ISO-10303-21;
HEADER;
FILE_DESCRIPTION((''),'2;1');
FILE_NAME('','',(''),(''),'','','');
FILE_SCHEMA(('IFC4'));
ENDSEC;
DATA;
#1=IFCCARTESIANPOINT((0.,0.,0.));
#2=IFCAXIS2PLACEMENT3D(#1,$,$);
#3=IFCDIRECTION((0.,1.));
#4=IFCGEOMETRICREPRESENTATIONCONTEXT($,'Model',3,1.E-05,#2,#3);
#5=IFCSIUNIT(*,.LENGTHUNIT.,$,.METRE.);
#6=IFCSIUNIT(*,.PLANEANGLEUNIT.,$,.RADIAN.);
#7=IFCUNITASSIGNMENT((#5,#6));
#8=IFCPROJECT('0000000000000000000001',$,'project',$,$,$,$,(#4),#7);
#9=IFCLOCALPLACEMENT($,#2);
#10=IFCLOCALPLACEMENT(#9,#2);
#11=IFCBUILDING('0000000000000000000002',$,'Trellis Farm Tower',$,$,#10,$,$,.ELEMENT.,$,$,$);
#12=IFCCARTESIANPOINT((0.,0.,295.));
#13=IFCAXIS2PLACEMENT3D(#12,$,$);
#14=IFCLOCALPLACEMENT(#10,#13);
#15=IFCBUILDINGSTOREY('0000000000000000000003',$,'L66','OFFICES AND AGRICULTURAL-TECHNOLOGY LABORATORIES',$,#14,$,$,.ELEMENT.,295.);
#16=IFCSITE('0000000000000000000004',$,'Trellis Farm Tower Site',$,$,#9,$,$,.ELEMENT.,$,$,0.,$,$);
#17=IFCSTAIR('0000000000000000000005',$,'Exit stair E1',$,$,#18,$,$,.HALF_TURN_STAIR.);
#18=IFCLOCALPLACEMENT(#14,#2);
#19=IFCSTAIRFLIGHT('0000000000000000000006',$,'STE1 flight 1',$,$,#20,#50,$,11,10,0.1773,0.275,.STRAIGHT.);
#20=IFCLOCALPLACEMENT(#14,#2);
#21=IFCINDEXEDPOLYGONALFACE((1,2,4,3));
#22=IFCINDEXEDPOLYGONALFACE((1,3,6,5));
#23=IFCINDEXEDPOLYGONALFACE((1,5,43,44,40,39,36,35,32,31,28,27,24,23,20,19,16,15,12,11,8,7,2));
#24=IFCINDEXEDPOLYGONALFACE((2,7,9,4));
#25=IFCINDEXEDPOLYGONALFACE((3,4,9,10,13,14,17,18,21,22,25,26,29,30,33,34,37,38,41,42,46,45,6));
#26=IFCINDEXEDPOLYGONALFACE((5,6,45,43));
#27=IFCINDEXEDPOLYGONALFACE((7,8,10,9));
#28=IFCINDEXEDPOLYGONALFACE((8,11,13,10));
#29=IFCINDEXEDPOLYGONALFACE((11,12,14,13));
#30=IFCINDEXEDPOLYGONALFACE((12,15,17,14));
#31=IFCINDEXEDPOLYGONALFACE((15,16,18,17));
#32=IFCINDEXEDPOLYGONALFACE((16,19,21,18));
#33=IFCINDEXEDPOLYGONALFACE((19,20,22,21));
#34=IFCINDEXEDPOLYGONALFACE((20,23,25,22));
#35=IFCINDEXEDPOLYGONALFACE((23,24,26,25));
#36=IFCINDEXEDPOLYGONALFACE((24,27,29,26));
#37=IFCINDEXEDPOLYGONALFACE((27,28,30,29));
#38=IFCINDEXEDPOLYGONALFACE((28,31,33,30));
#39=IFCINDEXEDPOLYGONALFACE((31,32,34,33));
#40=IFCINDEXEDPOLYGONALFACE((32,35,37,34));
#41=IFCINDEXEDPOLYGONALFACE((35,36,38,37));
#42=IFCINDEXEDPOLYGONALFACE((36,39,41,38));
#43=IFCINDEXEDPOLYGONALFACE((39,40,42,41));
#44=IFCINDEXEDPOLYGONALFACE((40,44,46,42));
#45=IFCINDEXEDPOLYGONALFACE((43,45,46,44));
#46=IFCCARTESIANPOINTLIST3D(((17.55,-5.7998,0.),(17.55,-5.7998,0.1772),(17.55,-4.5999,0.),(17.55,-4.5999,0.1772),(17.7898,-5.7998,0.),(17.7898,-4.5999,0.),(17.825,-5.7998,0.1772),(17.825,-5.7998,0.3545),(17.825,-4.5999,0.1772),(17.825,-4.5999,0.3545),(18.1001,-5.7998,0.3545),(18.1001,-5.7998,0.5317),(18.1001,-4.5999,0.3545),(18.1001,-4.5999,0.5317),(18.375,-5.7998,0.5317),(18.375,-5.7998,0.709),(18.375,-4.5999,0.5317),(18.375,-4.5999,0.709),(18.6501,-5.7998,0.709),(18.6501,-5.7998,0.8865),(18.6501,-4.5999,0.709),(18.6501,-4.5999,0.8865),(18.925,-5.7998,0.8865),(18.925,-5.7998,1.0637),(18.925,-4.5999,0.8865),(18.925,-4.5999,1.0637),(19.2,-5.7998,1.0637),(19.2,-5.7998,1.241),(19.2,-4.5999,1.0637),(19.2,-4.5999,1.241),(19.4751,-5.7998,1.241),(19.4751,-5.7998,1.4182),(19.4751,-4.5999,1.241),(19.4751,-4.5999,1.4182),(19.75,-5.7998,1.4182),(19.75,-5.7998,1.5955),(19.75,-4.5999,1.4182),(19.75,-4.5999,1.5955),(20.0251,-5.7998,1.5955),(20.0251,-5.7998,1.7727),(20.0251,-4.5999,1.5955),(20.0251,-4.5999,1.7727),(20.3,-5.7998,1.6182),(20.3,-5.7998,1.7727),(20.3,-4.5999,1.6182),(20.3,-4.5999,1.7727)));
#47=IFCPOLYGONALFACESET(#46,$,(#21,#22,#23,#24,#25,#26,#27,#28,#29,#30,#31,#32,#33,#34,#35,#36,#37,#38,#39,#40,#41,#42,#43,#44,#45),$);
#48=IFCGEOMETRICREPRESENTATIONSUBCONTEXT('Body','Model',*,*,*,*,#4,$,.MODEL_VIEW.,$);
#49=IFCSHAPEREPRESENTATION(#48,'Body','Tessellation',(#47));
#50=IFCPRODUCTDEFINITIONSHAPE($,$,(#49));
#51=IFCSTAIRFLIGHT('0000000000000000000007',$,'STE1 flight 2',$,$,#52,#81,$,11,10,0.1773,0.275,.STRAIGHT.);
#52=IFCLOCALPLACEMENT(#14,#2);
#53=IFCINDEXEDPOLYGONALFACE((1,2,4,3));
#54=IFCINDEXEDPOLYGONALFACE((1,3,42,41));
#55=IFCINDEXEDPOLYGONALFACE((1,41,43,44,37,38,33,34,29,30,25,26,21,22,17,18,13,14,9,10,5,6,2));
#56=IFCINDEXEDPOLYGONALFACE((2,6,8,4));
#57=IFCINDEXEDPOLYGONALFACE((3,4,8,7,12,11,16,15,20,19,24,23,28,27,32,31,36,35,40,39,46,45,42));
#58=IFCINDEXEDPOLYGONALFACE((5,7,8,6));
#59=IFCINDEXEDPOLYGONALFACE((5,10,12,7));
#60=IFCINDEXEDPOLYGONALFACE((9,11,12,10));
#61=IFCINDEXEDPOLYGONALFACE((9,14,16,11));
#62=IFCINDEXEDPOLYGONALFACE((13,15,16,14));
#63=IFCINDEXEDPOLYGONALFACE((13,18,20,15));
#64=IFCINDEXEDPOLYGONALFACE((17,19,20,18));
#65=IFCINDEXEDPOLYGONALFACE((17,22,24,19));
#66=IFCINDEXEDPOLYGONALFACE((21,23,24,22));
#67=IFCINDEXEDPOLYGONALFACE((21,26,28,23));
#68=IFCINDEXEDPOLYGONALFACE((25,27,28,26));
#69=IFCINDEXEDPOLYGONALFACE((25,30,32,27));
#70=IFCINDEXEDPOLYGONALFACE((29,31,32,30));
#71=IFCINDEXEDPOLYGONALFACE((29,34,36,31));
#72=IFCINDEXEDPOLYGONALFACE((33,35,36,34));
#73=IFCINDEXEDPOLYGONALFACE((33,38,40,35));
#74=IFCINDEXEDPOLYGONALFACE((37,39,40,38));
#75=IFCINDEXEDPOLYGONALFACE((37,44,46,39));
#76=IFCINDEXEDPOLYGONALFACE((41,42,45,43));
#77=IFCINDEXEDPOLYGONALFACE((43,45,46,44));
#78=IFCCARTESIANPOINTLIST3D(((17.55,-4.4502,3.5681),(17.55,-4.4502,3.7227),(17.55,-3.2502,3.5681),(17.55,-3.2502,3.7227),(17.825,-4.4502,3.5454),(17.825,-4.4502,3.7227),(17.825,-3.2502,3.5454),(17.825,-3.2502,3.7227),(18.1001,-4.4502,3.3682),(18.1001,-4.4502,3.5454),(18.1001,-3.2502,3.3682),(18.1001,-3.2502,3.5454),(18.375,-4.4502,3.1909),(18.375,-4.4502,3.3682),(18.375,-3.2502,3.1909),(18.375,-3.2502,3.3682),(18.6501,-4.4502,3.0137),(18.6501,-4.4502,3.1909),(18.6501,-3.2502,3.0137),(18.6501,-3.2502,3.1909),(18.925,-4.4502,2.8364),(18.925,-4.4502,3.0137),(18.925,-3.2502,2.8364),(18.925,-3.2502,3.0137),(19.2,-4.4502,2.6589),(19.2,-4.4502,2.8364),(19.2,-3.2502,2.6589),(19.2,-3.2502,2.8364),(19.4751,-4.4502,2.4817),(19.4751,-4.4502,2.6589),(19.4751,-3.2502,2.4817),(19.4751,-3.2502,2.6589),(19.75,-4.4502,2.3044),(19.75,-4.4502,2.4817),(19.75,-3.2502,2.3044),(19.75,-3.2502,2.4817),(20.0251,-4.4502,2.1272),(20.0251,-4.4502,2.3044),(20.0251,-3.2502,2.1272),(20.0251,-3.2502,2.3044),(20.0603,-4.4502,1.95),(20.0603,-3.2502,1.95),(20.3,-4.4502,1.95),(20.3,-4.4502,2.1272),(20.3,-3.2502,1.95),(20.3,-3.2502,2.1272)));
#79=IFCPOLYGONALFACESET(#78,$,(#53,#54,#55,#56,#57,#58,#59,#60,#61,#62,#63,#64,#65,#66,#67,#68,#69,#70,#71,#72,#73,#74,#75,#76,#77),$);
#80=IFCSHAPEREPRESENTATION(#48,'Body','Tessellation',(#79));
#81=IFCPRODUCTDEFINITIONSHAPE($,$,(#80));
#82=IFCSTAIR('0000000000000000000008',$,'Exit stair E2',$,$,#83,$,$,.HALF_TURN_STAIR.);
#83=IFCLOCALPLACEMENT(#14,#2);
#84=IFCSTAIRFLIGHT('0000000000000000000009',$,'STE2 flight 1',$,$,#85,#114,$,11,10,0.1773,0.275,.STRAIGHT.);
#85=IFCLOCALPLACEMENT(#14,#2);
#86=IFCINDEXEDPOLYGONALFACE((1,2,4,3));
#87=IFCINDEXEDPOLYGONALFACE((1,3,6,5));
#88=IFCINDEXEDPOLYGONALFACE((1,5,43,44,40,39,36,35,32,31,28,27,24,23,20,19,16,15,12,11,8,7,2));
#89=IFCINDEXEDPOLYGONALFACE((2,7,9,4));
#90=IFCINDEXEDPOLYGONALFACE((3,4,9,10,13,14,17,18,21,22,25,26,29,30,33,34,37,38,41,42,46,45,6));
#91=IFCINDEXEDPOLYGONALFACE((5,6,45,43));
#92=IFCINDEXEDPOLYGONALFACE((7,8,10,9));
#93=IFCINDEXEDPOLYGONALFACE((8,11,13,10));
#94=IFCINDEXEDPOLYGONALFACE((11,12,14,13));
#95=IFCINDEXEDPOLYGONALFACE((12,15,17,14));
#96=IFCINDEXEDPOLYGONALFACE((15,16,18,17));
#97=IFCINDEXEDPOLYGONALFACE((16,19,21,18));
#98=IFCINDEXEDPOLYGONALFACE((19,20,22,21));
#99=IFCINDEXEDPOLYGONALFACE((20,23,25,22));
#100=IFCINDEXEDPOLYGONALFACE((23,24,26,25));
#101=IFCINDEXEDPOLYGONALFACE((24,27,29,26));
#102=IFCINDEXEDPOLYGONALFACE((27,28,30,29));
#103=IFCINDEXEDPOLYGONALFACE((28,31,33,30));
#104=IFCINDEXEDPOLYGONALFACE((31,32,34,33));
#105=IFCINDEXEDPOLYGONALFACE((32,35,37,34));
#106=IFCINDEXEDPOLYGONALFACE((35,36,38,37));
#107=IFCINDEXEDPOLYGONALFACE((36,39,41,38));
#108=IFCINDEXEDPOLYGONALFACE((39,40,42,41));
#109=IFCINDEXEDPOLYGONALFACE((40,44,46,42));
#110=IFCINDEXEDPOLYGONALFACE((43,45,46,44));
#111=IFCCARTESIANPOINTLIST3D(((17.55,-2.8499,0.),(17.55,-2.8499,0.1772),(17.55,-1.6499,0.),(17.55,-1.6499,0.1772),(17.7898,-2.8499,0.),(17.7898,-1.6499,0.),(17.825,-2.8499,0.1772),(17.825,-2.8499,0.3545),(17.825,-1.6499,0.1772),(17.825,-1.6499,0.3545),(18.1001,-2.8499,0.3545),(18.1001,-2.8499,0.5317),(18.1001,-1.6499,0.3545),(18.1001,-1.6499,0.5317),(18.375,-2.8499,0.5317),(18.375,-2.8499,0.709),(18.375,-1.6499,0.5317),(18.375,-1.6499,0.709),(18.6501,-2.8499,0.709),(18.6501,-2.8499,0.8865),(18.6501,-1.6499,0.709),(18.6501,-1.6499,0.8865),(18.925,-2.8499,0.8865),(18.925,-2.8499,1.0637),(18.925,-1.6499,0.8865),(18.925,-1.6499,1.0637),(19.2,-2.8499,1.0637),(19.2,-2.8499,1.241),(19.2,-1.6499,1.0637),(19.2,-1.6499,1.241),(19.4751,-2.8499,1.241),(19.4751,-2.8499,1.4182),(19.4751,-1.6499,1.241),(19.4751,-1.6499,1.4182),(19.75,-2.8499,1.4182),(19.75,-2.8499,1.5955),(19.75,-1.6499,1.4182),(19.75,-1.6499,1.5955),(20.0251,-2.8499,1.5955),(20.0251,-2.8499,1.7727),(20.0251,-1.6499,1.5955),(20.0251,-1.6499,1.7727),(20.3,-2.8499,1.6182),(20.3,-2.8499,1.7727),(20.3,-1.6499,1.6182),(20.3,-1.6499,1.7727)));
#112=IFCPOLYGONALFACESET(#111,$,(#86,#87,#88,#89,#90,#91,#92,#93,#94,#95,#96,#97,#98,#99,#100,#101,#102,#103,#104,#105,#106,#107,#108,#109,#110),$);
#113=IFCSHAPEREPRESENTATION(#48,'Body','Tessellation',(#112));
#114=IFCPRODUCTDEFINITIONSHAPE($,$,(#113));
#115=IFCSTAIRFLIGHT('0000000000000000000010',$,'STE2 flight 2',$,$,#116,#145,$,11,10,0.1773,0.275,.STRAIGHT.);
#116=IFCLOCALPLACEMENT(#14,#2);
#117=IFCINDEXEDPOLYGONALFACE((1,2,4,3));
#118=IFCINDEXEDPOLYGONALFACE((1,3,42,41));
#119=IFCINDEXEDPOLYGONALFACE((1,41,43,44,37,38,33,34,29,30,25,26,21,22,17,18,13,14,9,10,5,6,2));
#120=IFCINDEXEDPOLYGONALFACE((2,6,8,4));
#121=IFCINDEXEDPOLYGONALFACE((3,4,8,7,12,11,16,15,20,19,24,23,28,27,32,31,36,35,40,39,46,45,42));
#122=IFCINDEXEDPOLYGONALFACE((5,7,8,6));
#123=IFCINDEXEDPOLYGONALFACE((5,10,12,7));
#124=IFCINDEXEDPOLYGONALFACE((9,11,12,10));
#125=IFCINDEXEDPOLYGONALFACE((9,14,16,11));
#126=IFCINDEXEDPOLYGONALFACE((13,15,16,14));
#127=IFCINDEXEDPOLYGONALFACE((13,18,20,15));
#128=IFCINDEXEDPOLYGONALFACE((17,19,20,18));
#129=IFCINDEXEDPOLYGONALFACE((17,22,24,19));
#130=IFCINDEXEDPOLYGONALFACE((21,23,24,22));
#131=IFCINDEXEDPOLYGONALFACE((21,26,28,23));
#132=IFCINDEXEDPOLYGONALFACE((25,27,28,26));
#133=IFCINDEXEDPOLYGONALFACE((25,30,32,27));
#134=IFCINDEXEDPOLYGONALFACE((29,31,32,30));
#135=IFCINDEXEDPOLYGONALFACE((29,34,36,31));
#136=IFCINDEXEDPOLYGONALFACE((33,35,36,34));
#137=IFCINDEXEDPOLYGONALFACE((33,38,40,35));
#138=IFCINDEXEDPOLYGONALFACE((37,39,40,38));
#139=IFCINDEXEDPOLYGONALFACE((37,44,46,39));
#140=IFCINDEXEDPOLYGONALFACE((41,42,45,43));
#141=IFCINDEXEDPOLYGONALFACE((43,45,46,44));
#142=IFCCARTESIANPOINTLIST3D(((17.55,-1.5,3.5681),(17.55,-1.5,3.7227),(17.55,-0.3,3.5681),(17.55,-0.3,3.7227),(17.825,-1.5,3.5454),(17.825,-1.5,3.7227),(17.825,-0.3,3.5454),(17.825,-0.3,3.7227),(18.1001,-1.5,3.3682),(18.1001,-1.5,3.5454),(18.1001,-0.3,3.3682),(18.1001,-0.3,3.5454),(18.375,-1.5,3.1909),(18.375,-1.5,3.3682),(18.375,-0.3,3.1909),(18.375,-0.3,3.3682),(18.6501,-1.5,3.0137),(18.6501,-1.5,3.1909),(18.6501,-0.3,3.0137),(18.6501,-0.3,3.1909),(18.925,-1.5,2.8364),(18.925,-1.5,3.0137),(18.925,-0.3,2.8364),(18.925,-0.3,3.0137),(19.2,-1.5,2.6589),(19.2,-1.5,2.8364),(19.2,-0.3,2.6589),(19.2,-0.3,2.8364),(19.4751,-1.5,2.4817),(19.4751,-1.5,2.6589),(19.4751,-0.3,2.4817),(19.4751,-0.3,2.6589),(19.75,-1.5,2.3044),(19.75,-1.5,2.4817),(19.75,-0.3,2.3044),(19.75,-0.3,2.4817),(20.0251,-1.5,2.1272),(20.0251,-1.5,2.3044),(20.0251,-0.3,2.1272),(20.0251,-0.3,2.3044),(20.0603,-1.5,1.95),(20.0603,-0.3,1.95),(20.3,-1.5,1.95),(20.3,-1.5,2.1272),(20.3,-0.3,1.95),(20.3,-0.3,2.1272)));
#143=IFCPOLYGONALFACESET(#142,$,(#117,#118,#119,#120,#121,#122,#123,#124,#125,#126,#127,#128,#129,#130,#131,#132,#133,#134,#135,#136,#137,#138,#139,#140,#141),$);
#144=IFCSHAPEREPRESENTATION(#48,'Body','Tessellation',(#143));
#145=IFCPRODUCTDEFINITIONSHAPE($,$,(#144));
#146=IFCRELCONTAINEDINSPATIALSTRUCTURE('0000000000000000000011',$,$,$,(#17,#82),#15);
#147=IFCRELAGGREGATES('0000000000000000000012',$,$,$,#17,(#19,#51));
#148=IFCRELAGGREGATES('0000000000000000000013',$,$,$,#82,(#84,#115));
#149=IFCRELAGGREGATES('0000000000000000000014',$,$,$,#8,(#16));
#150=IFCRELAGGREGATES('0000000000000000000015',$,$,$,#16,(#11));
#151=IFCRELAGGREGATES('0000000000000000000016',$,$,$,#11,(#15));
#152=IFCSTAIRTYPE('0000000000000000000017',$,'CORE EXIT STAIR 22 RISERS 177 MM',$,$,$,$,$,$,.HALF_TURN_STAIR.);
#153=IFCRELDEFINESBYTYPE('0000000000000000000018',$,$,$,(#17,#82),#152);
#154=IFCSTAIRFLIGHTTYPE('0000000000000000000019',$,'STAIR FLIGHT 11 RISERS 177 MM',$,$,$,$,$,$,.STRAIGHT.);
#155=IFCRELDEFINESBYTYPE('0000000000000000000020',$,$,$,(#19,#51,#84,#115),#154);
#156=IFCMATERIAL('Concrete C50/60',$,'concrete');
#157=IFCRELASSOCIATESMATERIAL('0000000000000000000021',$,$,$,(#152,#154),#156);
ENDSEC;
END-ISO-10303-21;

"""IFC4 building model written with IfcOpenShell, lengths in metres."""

from ifc_helpers import new_model, si_unit, direction, frame, origin, place, context, subcontext, project, spatial, polyline, outline, extrude, source, transform, mapped, material, type_object, element, aggregate, save


model = new_model("IFC4")

# Units and contexts
model_context = context("Model", 3, precision=1e-05, world=origin(), true_north=direction((0.0, 1.0)))
body_context = subcontext(model_context, "Body", "Model", "MODEL_VIEW")
ifc_project = project(units=[si_unit("LENGTHUNIT", "METRE"), si_unit("PLANEANGLEUNIT", "RADIAN")], contexts=[model_context])

# Site, building, storey
site_placement = place(None, origin())
site = spatial("IfcSite", under=ifc_project, at=site_placement, Name="Trellis Farm Tower Site", CompositionType="ELEMENT", RefElevation=0.0)
building_placement = place(site_placement, origin())
building = spatial("IfcBuilding", under=site, at=building_placement, Name="Trellis Farm Tower", CompositionType="ELEMENT")
storey_placement = place(building_placement, frame((0.0, 0.0, 295.0)))
storey = spatial("IfcBuildingStorey", under=building, at=storey_placement, Name="L66", Description="OFFICES AND AGRICULTURAL-TECHNOLOGY LABORATORIES", CompositionType="ELEMENT", Elevation=295.0)

# Shared definitions
placement = place(storey_placement, origin())

# Shared definitions
ifc_material_1 = material(Name="Concrete C50/60", Category="concrete")

# Stairs, stair flights
stair_type = type_object("IfcStairType", Name="CORE EXIT STAIR 22 RISERS 177 MM", PredefinedType="HALF_TURN_STAIR", material=ifc_material_1)
stair_1 = element("IfcStair", 1, at=placement, inside=storey, type_object=stair_type, Name="Exit stair E1", PredefinedType="HALF_TURN_STAIR")
stair_flight_type = type_object("IfcStairFlightType", Name="STAIR FLIGHT 11 RISERS 177 MM", PredefinedType="STRAIGHT", material=ifc_material_1)
shared_shape_1 = source(origin(), body_context, "Body", "SweptSolid", [
    extrude(outline(polyline([(0.0, 0.0), (0.0, 0.1772), (0.2749, 0.1772), (0.2749, 0.3545), (0.55, 0.3545), (0.55, 0.5317), (0.825, 0.5317), (0.825, 0.709), (1.1001, 0.709), (1.1001, 0.8865), (1.375, 0.8865), (1.375, 1.0637), (1.6499, 1.0637), (1.6499, 1.241), (1.925, 1.241), (1.925, 1.4182), (2.2, 1.4182), (2.2, 1.5955), (2.4751, 1.5955), (2.4751, 1.7727), (2.75, 1.7727), (2.75, 1.95), (2.75, 1.6182), (0.2397, 0.0), (0.0, 0.0)])), frame((0.0, 0.6001, 0.0), z_axis=(0.0, -1.0, 0.0), x_axis=(1.0, 0.0, 0.0)), (0.0, 0.0, 1.0), 1.2),
])
stair_flight_1_placement = place(storey_placement, frame((17.55, -5.2, 0.0), z_axis=(0.0, 0.0, 1.0), x_axis=(1.0, 0.0, 0.0)))
stair_flight_1 = element("IfcStairFlight", 2, at=stair_flight_1_placement, type_object=stair_flight_type, Name="STE1 flight 1", NumberOfRisers=11, NumberOfTreads=10, PredefinedType="STRAIGHT", RiserHeight=0.1773, TreadLength=0.275, context=body_context, shape_type="MappedRepresentation", body=[
    mapped(shared_shape_1, transform((0.0, 0.0, 0.0))),
])
stair_flight_2_placement = place(storey_placement, frame((20.3, -3.8501, 1.95), z_axis=(0.0, 0.0, 1.0), x_axis=(-1.0, 0.0, 0.0)))
stair_flight_2 = element("IfcStairFlight", 3, at=stair_flight_2_placement, type_object=stair_flight_type, Name="STE1 flight 2", NumberOfRisers=11, NumberOfTreads=10, PredefinedType="STRAIGHT", RiserHeight=0.1773, TreadLength=0.275, context=body_context, shape_type="MappedRepresentation", body=[
    mapped(shared_shape_1, transform((0.0, 0.0, 0.0))),
])
aggregate(stair_1, [stair_flight_1, stair_flight_2])
stair_2 = element("IfcStair", 4, at=placement, inside=storey, type_object=stair_type, Name="Exit stair E2", PredefinedType="HALF_TURN_STAIR")
stair_flight_3_placement = place(storey_placement, frame((17.55, -2.25, 0.0), z_axis=(0.0, 0.0, 1.0), x_axis=(1.0, 0.0, 0.0)))
stair_flight_3 = element("IfcStairFlight", 5, at=stair_flight_3_placement, type_object=stair_flight_type, Name="STE2 flight 1", NumberOfRisers=11, NumberOfTreads=10, PredefinedType="STRAIGHT", RiserHeight=0.1773, TreadLength=0.275, context=body_context, shape_type="MappedRepresentation", body=[
    mapped(shared_shape_1, transform((0.0, 0.0, 0.0))),
])
stair_flight_4_placement = place(storey_placement, frame((20.3, -0.8999, 1.95), z_axis=(0.0, 0.0, 1.0), x_axis=(-1.0, 0.0, 0.0)))
stair_flight_4 = element("IfcStairFlight", 6, at=stair_flight_4_placement, type_object=stair_flight_type, Name="STE2 flight 2", NumberOfRisers=11, NumberOfTreads=10, PredefinedType="STRAIGHT", RiserHeight=0.1773, TreadLength=0.275, context=body_context, shape_type="MappedRepresentation", body=[
    mapped(shared_shape_1, transform((0.0, 0.0, 0.0))),
])
aggregate(stair_2, [stair_flight_3, stair_flight_4])

save(model, "model.ifc")
